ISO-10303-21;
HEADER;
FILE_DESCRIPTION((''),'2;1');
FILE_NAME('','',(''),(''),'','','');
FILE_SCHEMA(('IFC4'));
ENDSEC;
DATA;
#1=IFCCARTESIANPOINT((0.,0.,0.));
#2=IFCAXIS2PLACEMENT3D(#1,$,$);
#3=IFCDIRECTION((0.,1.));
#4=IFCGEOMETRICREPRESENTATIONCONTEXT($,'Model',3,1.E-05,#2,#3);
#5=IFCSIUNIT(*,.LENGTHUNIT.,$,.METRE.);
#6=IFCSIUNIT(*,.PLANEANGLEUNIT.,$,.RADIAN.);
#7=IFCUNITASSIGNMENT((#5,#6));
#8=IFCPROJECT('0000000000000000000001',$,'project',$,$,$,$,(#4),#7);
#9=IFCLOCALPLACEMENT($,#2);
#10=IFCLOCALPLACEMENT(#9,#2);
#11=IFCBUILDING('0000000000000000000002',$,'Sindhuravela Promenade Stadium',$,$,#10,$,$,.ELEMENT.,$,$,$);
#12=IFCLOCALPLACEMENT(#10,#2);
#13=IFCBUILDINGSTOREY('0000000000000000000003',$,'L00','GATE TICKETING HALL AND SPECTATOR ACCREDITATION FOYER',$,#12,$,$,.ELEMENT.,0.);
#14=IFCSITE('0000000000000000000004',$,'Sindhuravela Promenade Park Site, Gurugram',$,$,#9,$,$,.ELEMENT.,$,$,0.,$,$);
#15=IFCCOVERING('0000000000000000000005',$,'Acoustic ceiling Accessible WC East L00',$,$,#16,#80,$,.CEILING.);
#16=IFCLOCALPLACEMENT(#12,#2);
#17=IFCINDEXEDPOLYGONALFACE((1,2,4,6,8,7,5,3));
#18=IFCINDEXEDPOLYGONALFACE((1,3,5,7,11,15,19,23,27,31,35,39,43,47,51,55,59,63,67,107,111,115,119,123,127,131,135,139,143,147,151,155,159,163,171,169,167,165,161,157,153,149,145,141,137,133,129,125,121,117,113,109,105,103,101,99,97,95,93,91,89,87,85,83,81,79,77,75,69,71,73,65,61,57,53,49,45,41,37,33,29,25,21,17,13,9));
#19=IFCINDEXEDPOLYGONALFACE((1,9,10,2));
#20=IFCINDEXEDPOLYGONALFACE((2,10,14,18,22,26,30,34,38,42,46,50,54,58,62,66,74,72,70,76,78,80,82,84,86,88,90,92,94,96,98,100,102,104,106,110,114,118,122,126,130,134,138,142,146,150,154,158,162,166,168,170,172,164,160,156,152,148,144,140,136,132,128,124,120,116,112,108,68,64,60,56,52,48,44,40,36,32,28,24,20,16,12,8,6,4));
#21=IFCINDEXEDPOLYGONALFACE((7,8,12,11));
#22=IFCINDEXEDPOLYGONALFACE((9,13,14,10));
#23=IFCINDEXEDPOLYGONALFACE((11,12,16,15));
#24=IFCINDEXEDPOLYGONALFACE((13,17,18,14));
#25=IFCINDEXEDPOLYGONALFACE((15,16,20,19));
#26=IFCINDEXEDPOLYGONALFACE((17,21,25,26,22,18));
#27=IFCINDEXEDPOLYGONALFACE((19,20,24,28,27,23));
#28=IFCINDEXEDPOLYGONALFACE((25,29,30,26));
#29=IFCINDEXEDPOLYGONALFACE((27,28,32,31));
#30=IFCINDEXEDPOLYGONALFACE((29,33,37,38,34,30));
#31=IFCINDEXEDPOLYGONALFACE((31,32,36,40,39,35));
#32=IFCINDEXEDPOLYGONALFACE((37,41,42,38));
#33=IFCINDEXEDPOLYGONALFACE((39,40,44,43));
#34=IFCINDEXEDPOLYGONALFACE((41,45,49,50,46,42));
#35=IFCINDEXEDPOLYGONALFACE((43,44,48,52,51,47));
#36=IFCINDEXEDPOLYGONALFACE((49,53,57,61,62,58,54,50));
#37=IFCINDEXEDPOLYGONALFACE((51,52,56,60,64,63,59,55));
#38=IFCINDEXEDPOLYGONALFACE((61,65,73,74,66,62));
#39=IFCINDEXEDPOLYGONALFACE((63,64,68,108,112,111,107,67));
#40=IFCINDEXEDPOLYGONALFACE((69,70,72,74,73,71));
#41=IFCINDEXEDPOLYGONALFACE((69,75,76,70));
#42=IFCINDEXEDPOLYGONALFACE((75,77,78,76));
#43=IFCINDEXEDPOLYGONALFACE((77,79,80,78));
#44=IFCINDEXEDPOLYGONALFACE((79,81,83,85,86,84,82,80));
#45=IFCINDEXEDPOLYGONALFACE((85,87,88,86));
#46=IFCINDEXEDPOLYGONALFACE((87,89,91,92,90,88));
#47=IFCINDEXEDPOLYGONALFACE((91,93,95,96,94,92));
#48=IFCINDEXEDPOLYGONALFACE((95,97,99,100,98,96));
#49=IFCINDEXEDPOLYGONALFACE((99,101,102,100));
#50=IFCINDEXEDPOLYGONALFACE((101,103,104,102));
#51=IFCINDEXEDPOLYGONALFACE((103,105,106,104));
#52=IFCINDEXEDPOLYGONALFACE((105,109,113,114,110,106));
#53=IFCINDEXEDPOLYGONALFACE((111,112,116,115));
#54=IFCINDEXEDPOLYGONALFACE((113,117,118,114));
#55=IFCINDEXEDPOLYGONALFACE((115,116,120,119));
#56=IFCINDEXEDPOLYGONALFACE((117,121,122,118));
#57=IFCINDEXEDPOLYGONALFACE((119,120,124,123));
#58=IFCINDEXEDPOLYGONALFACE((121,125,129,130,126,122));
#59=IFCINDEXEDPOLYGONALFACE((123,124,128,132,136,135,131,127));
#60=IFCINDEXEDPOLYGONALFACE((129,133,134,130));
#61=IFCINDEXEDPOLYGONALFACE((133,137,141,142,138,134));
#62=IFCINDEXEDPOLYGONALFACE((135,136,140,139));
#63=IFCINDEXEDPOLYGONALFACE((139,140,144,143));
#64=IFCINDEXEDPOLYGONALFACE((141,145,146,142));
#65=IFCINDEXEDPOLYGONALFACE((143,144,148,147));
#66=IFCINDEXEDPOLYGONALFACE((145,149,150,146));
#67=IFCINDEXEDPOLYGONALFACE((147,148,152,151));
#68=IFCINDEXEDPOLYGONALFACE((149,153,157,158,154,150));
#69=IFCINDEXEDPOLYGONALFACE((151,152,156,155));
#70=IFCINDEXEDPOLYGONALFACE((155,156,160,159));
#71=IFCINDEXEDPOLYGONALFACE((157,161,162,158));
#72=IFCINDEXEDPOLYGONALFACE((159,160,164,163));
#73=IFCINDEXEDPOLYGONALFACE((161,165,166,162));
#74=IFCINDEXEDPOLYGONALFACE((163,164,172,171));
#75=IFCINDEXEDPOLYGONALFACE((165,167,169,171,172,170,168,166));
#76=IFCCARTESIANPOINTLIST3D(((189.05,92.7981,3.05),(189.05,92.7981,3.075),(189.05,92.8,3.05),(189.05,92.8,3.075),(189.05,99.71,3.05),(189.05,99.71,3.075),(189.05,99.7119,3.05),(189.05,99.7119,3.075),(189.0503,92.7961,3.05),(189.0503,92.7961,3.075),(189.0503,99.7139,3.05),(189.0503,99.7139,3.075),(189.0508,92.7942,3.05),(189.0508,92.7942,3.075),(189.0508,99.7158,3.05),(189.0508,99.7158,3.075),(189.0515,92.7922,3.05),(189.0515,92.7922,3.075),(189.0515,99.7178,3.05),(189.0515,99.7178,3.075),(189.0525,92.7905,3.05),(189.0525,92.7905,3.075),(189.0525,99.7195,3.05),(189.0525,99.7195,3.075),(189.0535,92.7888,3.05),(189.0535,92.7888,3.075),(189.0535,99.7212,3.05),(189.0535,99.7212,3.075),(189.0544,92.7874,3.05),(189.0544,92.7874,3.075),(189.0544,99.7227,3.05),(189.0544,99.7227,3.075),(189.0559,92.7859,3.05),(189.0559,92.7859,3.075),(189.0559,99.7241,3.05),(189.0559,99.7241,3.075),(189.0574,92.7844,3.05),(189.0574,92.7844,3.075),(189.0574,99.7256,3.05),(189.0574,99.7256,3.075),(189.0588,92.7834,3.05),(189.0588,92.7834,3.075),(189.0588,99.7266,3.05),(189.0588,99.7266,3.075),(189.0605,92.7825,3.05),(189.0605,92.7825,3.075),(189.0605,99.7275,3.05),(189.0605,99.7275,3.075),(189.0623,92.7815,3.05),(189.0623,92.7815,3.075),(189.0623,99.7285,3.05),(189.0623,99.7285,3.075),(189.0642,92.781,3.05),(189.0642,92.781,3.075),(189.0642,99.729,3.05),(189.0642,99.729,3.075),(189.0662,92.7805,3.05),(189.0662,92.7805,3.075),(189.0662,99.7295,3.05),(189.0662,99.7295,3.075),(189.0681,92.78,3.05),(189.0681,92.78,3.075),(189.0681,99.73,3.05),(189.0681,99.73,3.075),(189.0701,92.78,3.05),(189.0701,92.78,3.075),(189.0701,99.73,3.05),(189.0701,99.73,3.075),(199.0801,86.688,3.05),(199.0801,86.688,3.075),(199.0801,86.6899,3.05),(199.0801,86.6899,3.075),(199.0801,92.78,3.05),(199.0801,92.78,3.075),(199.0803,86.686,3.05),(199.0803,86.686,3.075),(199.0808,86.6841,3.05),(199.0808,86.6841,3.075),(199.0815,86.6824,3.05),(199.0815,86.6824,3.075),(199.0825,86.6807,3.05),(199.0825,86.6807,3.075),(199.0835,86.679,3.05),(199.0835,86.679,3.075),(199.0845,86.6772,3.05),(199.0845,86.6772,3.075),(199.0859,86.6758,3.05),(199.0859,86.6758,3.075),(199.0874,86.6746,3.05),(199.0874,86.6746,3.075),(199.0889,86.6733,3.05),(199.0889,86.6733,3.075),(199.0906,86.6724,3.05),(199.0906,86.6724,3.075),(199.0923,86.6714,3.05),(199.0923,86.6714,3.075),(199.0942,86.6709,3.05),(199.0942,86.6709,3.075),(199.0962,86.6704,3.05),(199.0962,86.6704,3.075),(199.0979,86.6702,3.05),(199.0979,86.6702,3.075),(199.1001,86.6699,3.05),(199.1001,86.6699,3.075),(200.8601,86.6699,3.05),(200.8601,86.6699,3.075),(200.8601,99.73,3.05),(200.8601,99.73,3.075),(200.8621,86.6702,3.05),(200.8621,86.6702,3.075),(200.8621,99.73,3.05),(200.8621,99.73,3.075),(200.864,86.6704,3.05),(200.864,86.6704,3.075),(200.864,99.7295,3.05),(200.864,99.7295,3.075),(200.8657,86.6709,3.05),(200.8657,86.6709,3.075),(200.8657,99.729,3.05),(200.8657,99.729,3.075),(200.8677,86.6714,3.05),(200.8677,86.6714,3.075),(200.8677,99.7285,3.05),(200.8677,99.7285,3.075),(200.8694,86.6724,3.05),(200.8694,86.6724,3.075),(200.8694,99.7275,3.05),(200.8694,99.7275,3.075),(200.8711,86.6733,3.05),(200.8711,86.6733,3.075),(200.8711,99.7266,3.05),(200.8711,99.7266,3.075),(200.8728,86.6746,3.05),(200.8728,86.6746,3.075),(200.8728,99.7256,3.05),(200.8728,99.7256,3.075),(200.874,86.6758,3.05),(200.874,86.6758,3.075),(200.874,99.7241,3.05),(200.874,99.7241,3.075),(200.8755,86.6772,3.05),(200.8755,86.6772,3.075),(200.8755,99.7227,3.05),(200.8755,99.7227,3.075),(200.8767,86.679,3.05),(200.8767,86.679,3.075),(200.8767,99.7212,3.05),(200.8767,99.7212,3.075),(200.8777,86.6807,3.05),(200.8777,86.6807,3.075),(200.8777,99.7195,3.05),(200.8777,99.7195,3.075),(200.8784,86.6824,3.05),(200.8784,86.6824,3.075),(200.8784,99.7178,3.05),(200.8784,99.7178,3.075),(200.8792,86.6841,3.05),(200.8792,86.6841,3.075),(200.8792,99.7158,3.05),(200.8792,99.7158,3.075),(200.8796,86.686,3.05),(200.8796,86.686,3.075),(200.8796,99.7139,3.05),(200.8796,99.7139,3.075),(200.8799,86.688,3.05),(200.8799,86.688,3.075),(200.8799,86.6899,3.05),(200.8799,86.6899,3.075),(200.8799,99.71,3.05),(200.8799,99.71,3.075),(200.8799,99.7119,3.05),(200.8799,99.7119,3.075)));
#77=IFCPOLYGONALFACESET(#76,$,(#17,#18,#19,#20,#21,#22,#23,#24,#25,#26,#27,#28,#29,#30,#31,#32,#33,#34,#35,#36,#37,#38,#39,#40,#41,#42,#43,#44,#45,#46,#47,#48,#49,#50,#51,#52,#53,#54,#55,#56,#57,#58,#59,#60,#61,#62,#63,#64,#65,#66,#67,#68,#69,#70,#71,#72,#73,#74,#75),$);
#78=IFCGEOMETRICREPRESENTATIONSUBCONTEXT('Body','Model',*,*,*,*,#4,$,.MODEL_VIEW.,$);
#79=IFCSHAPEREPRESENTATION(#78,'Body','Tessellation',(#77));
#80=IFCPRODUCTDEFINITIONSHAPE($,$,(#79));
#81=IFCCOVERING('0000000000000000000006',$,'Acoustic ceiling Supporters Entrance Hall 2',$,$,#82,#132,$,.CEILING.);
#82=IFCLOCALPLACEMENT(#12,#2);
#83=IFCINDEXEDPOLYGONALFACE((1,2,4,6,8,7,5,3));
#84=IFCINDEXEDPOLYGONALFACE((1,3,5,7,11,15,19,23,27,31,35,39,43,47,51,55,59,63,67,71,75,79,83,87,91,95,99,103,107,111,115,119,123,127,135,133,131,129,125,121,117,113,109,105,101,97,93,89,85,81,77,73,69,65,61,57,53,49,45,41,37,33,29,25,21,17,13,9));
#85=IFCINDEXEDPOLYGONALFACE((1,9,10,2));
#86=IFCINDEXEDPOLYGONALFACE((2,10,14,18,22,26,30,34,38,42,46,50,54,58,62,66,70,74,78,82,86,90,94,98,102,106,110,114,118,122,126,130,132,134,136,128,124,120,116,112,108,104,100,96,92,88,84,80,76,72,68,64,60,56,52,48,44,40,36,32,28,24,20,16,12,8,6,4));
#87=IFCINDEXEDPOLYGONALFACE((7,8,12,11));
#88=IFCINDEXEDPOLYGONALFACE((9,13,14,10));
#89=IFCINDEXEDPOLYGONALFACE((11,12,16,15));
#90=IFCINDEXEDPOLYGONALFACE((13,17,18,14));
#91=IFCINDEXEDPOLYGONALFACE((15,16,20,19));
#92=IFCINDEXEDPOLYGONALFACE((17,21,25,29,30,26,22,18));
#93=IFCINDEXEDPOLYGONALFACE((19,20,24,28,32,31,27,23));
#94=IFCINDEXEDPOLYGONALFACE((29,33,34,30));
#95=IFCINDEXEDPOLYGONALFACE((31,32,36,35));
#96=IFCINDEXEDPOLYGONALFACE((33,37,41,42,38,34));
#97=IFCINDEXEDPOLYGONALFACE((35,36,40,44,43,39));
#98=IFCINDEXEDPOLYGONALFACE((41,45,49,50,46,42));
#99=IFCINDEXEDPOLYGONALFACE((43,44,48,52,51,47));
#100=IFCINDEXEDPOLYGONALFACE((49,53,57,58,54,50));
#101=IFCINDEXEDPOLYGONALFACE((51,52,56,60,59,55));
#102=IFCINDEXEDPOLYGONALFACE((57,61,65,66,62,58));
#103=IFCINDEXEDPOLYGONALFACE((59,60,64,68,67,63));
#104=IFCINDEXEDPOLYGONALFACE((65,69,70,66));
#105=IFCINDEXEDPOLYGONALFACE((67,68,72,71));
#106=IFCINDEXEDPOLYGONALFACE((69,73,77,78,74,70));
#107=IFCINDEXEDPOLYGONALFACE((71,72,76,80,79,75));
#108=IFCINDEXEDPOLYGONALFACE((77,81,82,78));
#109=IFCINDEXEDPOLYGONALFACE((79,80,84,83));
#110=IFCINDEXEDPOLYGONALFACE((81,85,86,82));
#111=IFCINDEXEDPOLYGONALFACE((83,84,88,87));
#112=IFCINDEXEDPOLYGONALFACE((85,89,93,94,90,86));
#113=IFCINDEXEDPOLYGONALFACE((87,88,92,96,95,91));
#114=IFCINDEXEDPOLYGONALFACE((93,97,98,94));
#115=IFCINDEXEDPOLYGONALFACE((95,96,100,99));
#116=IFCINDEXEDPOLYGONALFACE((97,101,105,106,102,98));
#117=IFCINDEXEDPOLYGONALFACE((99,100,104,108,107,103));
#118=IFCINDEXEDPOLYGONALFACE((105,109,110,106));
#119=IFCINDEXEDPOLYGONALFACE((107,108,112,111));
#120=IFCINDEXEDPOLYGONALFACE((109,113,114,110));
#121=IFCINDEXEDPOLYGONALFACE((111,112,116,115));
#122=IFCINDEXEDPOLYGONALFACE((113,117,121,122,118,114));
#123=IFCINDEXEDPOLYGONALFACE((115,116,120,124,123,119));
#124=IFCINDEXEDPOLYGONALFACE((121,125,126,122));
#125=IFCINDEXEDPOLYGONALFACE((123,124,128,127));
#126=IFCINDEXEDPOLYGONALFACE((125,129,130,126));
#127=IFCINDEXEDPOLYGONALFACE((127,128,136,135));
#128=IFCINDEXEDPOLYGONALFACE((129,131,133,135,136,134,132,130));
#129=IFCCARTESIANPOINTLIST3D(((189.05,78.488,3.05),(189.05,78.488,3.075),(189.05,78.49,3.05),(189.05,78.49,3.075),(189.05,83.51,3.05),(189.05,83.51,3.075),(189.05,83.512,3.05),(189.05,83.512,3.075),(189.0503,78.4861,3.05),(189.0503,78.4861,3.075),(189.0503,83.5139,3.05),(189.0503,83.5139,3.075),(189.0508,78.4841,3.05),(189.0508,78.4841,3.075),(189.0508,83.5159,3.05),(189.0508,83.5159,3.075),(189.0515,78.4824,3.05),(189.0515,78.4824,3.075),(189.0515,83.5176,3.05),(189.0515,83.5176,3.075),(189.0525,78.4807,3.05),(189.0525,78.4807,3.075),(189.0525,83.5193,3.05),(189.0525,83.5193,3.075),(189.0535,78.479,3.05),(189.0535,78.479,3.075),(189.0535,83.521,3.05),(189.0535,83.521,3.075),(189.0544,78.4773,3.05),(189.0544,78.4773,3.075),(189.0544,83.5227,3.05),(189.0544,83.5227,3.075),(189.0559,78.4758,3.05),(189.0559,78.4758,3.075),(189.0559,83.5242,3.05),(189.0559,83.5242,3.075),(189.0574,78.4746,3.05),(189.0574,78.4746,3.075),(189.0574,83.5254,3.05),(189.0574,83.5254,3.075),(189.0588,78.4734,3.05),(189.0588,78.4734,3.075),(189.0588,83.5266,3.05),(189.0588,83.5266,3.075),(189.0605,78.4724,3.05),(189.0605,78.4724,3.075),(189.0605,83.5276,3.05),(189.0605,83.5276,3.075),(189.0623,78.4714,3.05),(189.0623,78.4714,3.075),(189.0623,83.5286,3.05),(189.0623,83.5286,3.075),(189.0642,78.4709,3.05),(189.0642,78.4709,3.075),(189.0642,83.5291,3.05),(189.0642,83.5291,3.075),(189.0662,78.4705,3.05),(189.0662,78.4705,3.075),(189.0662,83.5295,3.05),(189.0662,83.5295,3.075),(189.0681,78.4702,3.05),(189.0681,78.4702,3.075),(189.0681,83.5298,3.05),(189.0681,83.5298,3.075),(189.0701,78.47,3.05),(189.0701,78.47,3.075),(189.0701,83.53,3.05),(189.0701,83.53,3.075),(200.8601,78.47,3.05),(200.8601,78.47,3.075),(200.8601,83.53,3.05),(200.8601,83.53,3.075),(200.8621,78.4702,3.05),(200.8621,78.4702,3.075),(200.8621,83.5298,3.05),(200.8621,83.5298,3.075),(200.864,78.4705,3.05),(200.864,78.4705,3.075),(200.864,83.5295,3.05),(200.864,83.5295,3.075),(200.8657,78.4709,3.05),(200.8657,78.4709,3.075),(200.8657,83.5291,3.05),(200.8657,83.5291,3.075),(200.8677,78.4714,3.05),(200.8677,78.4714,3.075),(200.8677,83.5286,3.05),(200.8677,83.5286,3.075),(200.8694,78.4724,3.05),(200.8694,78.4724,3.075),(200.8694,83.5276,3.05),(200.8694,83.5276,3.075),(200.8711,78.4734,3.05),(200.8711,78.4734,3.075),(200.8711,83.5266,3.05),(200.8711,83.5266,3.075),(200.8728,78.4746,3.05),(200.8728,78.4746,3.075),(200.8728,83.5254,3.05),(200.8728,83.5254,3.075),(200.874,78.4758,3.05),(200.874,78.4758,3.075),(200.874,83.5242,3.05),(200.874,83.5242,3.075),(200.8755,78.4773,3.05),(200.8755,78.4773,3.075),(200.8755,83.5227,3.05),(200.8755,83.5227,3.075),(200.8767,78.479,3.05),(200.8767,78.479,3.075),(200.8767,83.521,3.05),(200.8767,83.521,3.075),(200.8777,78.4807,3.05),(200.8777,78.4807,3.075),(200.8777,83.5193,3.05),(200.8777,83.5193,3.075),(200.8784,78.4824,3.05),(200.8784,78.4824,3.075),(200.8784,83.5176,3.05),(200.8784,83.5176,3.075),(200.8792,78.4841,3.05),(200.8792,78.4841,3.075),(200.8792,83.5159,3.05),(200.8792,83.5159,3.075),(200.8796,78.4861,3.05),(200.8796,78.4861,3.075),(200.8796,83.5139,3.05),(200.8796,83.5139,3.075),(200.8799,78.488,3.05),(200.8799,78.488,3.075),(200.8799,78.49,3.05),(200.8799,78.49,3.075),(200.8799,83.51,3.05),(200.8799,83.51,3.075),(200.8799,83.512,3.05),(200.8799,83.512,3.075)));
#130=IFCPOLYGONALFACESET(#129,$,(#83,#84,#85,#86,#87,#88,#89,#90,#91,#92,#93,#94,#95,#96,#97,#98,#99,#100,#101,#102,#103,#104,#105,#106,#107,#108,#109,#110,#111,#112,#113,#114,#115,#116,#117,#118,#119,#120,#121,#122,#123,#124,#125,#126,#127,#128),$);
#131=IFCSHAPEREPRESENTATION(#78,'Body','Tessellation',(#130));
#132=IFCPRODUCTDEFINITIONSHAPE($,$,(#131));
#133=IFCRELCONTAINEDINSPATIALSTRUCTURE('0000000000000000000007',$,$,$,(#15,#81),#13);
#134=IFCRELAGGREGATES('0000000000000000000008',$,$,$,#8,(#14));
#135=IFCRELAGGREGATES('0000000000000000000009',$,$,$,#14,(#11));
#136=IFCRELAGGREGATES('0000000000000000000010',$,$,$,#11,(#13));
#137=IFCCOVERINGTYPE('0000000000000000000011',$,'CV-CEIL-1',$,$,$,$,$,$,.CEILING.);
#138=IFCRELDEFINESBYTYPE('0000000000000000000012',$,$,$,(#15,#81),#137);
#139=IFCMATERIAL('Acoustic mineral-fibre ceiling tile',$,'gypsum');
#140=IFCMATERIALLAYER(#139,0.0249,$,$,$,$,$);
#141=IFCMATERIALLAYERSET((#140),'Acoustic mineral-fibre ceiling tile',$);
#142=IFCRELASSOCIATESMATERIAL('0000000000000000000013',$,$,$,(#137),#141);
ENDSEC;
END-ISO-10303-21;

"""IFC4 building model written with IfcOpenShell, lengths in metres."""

from ifc_helpers import new_model, si_unit, direction, frame, origin, place, context, subcontext, project, spatial, polyline, outline, extrude, material, layer, layer_set, type_object, element, save


model = new_model("IFC4")

# Units and contexts
model_context = context("Model", 3, precision=1e-05, world=origin(), true_north=direction((0.0, 1.0)))
body_context = subcontext(model_context, "Body", "Model", "MODEL_VIEW")
ifc_project = project(units=[si_unit("LENGTHUNIT", "METRE"), si_unit("PLANEANGLEUNIT", "RADIAN")], contexts=[model_context])

# Site, building, storey
site_placement = place(None, origin())
site = spatial("IfcSite", under=ifc_project, at=site_placement, Name="Sindhuravela Promenade Park Site, Gurugram", CompositionType="ELEMENT", RefElevation=0.0)
building_placement = place(site_placement, origin())
building = spatial("IfcBuilding", under=site, at=building_placement, Name="Sindhuravela Promenade Stadium", CompositionType="ELEMENT")
storey_placement = place(building_placement, origin())
storey = spatial("IfcBuildingStorey", under=building, at=storey_placement, Name="L00", Description="GATE TICKETING HALL AND SPECTATOR ACCREDITATION FOYER", CompositionType="ELEMENT", Elevation=0.0)

# Coverings
ifc_material_1 = material(Name="Acoustic mineral-fibre ceiling tile", Category="gypsum")
ifc_layer_1 = layer(ifc_material_1, 0.0249)
ifc_layer_set_1 = layer_set([ifc_layer_1], Name="Acoustic mineral-fibre ceiling tile")
covering_type_1 = type_object("IfcCoveringType", Name="CV-CEIL-1", PredefinedType="CEILING", material=ifc_layer_set_1)
covering_1_placement = place(storey_placement, frame((0.0, 0.0, 3.05)))
element("IfcCovering", 1, at=covering_1_placement, inside=storey, type_object=covering_type_1, Name="Acoustic ceiling Accessible WC East L00", PredefinedType="CEILING", context=body_context, shape_type="SweptSolid", body=[
    extrude(outline(polyline([(200.8601, 99.73), (200.8621, 99.73), (200.864, 99.7295), (200.8657, 99.729), (200.8677, 99.7285), (200.8694, 99.7275), (200.8711, 99.7266), (200.8728, 99.7256), (200.874, 99.7241), (200.8755, 99.7227), (200.8767, 99.7212), (200.8777, 99.7195), (200.8784, 99.7178), (200.8792, 99.7158), (200.8796, 99.7139), (200.8799, 99.7119), (200.8799, 99.71), (200.8799, 86.6899), (200.8799, 86.688), (200.8796, 86.686), (200.8792, 86.6841), (200.8784, 86.6824), (200.8777, 86.6807), (200.8767, 86.679), (200.8755, 86.6772), (200.874, 86.6758), (200.8728, 86.6746), (200.8711, 86.6733), (200.8694, 86.6724), (200.8677, 86.6714), (200.8657, 86.6709), (200.864, 86.6704), (200.8621, 86.6702), (200.8601, 86.6699), (199.1001, 86.6699), (199.0979, 86.6702), (199.0962, 86.6704), (199.0942, 86.6709), (199.0923, 86.6714), (199.0906, 86.6724), (199.0889, 86.6733), (199.0874, 86.6746), (199.0859, 86.6758), (199.0845, 86.6772), (199.0835, 86.679), (199.0825, 86.6807), (199.0815, 86.6824), (199.0808, 86.6841), (199.0803, 86.686), (199.0801, 86.688), (199.0801, 86.6899), (199.0801, 92.78), (189.0701, 92.78), (189.0681, 92.78), (189.0662, 92.7805), (189.0642, 92.781), (189.0623, 92.7815), (189.0605, 92.7825), (189.0588, 92.7834), (189.0574, 92.7844), (189.0559, 92.7859), (189.0544, 92.7874), (189.0535, 92.7888), (189.0525, 92.7905), (189.0515, 92.7922), (189.0508, 92.7942), (189.0503, 92.7961), (189.05, 92.7981), (189.05, 92.8), (189.05, 99.71), (189.05, 99.7119), (189.0503, 99.7139), (189.0508, 99.7158), (189.0515, 99.7178), (189.0525, 99.7195), (189.0535, 99.7212), (189.0544, 99.7227), (189.0559, 99.7241), (189.0574, 99.7256), (189.0588, 99.7266), (189.0605, 99.7275), (189.0623, 99.7285), (189.0642, 99.729), (189.0662, 99.7295), (189.0681, 99.73), (189.0701, 99.73), (200.8601, 99.73)])), origin(), (0.0, 0.0, 1.0), 0.0249),
])
covering_2_placement = place(storey_placement, frame((0.0, 0.0, 3.05)))
element("IfcCovering", 2, at=covering_2_placement, inside=storey, type_object=covering_type_1, Name="Acoustic ceiling Supporters Entrance Hall 2", PredefinedType="CEILING", context=body_context, shape_type="SweptSolid", body=[
    extrude(outline(polyline([(200.8601, 83.53), (200.8621, 83.5298), (200.864, 83.5295), (200.8657, 83.5291), (200.8677, 83.5286), (200.8694, 83.5276), (200.8711, 83.5266), (200.8728, 83.5254), (200.874, 83.5242), (200.8755, 83.5227), (200.8767, 83.521), (200.8777, 83.5193), (200.8784, 83.5176), (200.8792, 83.5159), (200.8796, 83.5139), (200.8799, 83.512), (200.8799, 83.51), (200.8799, 78.49), (200.8799, 78.488), (200.8796, 78.4861), (200.8792, 78.4841), (200.8784, 78.4824), (200.8777, 78.4807), (200.8767, 78.479), (200.8755, 78.4773), (200.874, 78.4758), (200.8728, 78.4746), (200.8711, 78.4734), (200.8694, 78.4724), (200.8677, 78.4714), (200.8657, 78.4709), (200.864, 78.4705), (200.8621, 78.4702), (200.8601, 78.47), (189.0701, 78.47), (189.0681, 78.4702), (189.0662, 78.4705), (189.0642, 78.4709), (189.0623, 78.4714), (189.0605, 78.4724), (189.0588, 78.4734), (189.0574, 78.4746), (189.0559, 78.4758), (189.0544, 78.4773), (189.0535, 78.479), (189.0525, 78.4807), (189.0515, 78.4824), (189.0508, 78.4841), (189.0503, 78.4861), (189.05, 78.488), (189.05, 78.49), (189.05, 83.51), (189.05, 83.512), (189.0503, 83.5139), (189.0508, 83.5159), (189.0515, 83.5176), (189.0525, 83.5193), (189.0535, 83.521), (189.0544, 83.5227), (189.0559, 83.5242), (189.0574, 83.5254), (189.0588, 83.5266), (189.0605, 83.5276), (189.0623, 83.5286), (189.0642, 83.5291), (189.0662, 83.5295), (189.0681, 83.5298), (189.0701, 83.53), (200.8601, 83.53)])), origin(), (0.0, 0.0, 1.0), 0.0249),
])

save(model, "model.ifc")
